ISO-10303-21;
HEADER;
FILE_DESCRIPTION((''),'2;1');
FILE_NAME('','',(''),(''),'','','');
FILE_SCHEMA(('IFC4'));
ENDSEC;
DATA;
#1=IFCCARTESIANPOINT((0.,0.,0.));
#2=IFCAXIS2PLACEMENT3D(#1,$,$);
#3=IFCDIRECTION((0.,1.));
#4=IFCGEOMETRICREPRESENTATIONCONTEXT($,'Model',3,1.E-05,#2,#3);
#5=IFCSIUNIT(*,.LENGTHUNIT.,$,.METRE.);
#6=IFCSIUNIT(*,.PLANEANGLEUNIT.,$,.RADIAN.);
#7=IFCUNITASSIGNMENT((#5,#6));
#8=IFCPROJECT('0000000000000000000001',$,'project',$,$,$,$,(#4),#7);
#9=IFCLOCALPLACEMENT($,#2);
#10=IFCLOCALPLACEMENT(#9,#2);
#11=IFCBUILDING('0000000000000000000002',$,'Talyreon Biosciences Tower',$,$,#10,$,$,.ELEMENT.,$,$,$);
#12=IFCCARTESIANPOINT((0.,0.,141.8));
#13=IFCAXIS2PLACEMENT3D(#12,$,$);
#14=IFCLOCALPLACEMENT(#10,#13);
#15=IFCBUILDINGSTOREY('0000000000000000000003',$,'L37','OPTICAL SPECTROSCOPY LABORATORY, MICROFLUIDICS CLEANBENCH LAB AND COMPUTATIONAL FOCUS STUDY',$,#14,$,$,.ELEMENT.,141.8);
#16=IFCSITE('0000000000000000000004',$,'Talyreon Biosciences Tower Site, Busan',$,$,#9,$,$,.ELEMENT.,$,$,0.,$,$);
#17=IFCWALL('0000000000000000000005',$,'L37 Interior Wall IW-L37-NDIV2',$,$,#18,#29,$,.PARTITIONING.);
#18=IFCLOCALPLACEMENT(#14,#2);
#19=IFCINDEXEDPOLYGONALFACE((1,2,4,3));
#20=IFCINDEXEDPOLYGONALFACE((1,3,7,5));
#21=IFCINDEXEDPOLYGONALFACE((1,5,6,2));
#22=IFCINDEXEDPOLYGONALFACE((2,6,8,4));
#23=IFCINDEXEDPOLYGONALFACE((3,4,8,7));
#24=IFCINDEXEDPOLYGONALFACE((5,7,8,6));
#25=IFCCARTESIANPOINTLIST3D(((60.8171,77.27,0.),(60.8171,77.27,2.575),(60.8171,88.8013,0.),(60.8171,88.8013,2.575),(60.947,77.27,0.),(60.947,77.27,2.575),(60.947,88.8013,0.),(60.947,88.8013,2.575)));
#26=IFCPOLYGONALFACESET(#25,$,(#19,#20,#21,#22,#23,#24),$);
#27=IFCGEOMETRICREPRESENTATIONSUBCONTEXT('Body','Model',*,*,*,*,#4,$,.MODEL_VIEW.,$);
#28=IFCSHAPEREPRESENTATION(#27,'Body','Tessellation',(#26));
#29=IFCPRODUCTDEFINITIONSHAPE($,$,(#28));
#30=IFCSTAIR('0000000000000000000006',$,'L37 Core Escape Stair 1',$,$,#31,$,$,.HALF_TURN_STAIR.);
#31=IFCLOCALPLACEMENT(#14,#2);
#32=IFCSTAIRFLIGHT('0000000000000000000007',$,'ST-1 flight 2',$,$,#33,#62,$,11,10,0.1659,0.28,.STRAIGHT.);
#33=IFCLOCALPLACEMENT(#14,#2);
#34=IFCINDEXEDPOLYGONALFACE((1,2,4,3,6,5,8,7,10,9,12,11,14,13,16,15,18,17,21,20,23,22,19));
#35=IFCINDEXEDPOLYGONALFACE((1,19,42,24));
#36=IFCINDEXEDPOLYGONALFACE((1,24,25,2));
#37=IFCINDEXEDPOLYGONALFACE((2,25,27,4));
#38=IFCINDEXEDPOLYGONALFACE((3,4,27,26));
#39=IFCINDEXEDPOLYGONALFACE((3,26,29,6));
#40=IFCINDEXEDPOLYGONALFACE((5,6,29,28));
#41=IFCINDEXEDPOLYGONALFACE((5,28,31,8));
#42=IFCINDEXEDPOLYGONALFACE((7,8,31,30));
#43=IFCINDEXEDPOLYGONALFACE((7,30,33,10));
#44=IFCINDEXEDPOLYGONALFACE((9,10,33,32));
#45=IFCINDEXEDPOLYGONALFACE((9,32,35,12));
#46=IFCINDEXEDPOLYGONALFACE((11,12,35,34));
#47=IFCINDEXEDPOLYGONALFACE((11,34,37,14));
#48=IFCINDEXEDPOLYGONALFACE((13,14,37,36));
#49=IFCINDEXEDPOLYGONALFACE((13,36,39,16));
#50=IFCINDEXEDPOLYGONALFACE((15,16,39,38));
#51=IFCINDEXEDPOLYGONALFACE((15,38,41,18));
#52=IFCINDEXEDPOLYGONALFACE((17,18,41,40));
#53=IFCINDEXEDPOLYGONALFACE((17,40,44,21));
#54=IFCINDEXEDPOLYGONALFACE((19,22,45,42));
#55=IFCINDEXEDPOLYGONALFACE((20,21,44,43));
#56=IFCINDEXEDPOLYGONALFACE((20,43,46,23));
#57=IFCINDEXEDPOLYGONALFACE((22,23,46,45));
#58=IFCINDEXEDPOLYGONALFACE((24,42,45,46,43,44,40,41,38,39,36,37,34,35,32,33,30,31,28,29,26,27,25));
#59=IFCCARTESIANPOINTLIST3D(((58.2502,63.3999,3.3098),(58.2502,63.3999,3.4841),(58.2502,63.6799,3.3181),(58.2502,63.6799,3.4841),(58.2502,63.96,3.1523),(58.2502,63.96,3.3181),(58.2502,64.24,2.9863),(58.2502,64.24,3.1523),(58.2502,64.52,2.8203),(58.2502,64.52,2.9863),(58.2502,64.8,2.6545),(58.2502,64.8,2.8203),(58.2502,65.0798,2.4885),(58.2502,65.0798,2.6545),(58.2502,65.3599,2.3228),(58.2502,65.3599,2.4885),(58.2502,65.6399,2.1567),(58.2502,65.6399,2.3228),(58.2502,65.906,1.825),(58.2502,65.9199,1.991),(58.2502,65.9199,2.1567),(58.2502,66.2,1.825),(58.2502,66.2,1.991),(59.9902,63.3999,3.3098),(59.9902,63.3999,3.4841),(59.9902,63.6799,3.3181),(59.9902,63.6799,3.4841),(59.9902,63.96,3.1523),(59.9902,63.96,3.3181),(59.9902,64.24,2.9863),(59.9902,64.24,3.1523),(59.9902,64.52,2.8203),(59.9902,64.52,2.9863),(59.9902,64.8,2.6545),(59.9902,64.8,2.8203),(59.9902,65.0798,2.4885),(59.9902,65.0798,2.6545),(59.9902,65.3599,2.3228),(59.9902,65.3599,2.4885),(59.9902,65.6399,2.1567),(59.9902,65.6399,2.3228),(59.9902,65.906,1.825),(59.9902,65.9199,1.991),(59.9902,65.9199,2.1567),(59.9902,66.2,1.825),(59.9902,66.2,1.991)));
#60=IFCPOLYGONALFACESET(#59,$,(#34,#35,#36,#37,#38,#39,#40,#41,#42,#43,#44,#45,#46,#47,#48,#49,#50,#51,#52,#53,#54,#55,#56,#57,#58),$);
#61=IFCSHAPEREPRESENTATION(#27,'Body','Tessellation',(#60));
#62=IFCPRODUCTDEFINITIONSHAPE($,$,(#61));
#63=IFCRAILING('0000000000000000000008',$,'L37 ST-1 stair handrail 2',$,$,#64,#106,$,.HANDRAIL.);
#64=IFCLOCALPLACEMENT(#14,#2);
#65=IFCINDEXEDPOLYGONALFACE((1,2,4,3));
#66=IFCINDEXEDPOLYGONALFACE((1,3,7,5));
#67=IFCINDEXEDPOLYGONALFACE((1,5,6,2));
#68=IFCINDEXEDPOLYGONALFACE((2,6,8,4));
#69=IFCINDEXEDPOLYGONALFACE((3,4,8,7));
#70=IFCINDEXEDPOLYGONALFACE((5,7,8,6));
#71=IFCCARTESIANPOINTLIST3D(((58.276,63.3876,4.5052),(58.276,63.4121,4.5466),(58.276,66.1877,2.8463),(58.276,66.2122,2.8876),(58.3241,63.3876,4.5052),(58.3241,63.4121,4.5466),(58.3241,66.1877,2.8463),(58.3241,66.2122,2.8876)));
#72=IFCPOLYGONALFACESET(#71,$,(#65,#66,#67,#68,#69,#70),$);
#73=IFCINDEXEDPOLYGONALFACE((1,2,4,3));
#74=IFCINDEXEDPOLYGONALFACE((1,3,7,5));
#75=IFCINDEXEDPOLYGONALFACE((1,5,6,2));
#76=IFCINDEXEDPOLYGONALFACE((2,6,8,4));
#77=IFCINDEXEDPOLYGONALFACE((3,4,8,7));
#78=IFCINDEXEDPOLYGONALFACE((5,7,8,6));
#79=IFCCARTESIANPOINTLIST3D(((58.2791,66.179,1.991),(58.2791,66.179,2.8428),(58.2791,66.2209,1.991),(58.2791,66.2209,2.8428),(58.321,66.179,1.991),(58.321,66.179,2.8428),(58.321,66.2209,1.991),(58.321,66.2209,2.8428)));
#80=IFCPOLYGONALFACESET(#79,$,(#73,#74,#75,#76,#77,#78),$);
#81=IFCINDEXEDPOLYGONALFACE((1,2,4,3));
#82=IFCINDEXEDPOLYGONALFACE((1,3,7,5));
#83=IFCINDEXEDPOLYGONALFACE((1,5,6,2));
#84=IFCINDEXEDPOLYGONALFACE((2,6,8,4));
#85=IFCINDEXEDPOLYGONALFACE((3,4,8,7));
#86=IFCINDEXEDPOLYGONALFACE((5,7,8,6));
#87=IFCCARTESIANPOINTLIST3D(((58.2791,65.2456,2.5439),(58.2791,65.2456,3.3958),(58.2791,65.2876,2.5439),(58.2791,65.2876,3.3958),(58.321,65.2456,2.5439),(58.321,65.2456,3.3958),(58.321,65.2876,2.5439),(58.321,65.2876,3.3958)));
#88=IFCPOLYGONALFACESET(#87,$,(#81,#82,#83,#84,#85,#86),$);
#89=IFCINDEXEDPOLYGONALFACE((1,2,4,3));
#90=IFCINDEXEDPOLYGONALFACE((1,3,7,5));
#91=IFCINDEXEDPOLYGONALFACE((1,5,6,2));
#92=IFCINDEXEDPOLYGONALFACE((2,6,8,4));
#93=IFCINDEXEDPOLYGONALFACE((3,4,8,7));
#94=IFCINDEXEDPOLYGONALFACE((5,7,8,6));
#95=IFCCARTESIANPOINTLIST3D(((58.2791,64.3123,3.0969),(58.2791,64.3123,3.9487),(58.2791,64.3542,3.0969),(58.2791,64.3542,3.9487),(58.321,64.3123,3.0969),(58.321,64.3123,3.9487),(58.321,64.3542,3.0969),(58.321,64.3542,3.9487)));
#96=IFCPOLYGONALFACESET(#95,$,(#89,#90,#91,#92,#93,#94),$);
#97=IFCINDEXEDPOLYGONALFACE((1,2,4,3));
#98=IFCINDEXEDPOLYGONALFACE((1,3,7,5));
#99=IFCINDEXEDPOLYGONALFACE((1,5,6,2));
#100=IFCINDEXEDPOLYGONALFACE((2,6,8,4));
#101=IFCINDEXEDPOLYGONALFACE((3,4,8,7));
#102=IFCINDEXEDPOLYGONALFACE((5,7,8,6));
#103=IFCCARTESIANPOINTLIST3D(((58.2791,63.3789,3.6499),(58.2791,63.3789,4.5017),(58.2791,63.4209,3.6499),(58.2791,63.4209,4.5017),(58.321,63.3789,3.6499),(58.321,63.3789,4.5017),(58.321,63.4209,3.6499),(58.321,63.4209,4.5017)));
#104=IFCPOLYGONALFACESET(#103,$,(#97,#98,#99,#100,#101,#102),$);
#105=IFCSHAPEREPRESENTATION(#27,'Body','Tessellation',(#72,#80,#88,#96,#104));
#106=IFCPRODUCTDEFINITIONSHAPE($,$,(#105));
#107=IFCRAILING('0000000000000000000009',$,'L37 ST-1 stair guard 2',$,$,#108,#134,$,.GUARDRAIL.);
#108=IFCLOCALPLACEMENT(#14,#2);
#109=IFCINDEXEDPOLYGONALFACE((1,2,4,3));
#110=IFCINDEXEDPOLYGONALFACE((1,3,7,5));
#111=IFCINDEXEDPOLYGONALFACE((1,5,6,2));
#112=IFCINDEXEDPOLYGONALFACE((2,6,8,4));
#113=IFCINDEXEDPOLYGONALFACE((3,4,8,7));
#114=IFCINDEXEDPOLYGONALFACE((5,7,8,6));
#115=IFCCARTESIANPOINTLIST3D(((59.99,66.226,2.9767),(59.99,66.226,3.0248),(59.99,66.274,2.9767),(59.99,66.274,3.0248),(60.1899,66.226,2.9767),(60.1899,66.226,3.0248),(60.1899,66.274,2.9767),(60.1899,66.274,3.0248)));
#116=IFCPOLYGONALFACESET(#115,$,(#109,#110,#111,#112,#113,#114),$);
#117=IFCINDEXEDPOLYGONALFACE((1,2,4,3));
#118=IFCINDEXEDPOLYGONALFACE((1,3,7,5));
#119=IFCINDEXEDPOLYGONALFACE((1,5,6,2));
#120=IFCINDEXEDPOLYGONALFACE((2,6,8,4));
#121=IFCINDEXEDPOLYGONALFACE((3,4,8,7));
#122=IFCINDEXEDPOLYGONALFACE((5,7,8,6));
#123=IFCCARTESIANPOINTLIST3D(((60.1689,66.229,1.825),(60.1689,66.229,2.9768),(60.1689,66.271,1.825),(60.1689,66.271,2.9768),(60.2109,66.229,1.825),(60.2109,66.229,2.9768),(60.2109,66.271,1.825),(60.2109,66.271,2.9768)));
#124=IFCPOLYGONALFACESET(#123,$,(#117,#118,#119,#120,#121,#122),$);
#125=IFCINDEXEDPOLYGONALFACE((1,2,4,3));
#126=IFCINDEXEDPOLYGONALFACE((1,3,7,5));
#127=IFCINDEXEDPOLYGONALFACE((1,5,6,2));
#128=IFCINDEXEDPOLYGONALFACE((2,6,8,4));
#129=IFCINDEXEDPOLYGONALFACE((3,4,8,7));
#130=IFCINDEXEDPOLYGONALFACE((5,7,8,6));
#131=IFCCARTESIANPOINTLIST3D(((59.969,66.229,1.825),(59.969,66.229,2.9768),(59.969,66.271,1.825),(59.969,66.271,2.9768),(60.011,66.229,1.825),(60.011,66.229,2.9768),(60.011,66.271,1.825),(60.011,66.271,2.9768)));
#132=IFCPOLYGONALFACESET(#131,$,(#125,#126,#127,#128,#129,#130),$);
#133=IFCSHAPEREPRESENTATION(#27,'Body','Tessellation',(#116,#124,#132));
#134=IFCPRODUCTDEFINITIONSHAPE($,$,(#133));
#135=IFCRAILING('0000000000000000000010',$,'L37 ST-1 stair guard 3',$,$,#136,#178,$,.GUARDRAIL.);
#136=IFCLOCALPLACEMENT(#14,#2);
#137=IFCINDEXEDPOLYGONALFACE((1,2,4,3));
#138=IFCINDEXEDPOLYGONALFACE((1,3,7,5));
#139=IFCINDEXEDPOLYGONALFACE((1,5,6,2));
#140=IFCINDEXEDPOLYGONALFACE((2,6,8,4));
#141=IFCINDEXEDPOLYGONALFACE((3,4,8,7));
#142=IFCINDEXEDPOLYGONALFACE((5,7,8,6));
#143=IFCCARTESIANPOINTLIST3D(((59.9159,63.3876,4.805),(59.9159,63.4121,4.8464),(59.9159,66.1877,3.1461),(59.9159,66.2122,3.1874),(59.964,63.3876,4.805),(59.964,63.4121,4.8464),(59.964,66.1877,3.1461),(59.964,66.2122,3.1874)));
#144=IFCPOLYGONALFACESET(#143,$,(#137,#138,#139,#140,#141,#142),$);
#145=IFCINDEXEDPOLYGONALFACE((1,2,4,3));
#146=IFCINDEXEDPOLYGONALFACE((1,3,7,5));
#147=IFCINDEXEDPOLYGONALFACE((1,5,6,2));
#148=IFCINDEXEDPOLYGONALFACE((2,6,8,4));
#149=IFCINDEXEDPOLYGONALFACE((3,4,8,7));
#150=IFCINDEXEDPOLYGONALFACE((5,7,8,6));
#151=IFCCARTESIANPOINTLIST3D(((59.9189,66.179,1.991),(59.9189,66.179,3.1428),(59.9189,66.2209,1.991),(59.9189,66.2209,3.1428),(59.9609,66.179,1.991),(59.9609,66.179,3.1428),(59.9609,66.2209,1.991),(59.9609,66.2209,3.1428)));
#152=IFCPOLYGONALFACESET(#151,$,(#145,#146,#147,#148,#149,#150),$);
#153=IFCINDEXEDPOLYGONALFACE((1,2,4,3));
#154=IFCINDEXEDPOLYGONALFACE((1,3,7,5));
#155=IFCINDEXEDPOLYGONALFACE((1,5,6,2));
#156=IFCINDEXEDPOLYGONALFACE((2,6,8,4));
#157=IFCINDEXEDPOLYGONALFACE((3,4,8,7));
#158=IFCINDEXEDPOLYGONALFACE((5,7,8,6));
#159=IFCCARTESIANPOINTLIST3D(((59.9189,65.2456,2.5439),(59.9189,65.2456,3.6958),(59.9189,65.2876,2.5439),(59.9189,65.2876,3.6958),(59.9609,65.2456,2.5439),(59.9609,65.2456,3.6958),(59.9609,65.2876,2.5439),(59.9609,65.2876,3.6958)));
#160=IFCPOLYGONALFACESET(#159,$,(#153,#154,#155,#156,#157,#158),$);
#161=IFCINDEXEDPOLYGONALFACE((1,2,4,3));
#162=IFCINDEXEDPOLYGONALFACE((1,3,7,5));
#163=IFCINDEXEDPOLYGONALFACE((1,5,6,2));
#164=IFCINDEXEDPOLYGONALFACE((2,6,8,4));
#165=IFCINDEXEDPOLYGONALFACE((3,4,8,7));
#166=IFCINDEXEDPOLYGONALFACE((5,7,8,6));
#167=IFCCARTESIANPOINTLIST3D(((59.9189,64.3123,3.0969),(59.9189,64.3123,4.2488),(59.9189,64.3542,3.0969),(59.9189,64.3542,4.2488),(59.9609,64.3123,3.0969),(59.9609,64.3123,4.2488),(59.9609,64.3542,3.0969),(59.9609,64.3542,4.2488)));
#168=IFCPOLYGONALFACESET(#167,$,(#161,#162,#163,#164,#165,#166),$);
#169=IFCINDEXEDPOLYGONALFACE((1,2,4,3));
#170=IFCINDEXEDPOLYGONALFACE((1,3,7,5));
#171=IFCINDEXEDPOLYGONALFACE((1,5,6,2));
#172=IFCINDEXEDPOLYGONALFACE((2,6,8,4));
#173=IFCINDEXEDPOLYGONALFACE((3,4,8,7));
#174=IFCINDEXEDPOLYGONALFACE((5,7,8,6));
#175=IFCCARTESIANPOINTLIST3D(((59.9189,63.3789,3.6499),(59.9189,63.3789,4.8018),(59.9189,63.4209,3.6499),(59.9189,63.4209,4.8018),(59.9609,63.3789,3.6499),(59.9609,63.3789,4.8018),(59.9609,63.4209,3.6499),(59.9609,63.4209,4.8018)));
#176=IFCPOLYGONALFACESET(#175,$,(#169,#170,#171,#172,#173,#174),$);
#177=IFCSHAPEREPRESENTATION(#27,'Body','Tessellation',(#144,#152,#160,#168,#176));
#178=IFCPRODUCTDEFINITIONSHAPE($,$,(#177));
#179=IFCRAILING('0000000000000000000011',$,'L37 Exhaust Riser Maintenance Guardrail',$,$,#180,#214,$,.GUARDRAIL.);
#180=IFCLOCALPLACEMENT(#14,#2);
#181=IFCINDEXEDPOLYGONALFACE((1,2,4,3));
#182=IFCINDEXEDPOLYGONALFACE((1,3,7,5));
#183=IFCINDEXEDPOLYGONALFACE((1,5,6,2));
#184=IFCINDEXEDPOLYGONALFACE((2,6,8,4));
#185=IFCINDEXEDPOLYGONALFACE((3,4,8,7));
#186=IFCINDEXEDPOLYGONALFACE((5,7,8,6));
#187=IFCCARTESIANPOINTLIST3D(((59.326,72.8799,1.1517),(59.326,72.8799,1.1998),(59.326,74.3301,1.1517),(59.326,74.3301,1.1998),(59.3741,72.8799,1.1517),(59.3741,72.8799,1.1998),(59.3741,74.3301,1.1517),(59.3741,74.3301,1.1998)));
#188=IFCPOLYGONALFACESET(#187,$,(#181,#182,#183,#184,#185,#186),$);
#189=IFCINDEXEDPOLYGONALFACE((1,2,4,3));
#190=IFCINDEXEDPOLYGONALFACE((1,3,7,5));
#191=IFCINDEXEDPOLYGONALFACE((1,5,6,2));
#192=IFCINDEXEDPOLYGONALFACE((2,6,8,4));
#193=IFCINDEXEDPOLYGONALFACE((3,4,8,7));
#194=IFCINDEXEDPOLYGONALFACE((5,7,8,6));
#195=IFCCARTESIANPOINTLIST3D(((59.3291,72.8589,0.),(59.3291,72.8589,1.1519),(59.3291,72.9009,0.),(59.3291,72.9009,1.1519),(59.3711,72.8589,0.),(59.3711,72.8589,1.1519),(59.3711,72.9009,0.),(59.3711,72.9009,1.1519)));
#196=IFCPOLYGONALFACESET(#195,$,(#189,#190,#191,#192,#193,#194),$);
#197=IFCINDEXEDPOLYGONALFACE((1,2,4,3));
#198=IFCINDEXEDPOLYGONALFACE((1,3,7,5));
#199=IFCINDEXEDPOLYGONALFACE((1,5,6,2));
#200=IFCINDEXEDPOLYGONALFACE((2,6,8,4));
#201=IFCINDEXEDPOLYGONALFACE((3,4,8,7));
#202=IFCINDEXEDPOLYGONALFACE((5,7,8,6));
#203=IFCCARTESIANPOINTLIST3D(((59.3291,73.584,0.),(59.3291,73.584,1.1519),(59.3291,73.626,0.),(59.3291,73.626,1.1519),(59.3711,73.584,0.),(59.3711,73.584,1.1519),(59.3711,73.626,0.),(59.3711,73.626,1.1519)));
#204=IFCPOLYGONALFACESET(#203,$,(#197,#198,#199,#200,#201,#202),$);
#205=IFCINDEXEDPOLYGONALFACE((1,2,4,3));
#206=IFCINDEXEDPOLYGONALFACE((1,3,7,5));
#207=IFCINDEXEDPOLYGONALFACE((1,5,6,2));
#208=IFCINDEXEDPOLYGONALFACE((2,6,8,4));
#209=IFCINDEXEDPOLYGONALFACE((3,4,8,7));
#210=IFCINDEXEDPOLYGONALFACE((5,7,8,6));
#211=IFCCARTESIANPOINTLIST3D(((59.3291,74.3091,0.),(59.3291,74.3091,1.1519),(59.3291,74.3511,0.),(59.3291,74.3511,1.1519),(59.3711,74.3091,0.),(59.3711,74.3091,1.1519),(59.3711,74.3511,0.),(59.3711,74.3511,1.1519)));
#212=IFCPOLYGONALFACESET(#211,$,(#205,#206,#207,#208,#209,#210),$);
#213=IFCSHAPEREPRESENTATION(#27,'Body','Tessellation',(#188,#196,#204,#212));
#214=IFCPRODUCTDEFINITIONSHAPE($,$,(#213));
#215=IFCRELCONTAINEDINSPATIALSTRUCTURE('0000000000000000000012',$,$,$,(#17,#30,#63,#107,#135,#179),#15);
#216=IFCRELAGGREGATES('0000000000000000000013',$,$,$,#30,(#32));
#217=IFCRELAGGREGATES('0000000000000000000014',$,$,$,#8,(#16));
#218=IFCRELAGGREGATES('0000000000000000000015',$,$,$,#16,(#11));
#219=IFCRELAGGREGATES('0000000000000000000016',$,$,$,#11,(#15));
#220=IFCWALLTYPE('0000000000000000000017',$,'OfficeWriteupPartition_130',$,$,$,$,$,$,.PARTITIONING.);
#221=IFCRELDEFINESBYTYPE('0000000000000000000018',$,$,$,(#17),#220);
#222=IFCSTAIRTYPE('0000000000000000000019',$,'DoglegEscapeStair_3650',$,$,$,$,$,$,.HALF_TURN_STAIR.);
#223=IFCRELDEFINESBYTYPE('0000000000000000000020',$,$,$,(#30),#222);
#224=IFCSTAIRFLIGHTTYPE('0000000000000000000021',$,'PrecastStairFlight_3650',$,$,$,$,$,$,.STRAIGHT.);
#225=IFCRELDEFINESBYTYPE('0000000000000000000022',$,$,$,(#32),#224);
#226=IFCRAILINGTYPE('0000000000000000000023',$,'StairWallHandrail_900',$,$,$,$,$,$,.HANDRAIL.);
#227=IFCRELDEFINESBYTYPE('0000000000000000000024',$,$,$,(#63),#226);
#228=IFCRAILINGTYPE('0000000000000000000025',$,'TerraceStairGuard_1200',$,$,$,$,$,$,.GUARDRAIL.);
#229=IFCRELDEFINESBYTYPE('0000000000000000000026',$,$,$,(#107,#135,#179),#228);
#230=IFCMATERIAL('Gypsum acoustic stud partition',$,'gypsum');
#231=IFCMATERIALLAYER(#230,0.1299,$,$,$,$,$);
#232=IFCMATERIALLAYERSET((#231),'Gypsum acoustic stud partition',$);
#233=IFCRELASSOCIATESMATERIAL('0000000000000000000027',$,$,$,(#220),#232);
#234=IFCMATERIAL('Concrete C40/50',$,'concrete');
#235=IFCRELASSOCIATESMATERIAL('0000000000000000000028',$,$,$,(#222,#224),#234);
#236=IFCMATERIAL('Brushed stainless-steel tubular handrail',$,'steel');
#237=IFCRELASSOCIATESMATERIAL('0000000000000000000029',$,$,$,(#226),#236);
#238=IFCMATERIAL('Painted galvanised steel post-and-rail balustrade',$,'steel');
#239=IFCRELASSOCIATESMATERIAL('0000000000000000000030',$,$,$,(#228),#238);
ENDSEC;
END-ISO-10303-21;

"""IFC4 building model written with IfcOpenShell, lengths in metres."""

from ifc_helpers import new_model, si_unit, direction, frame, frame_2d, origin, origin_2d, place, context, subcontext, project, spatial, polyline, rectangle, outline, extrude, material, layer, layer_set, type_object, element, aggregate, save


model = new_model("IFC4")

# Units and contexts
model_context = context("Model", 3, precision=1e-05, world=origin(), true_north=direction((0.0, 1.0)))
body_context = subcontext(model_context, "Body", "Model", "MODEL_VIEW")
ifc_project = project(units=[si_unit("LENGTHUNIT", "METRE"), si_unit("PLANEANGLEUNIT", "RADIAN")], contexts=[model_context])

# Site, building, storey
site_placement = place(None, origin())
site = spatial("IfcSite", under=ifc_project, at=site_placement, Name="Talyreon Biosciences Tower Site, Busan", CompositionType="ELEMENT", RefElevation=0.0)
building_placement = place(site_placement, origin())
building = spatial("IfcBuilding", under=site, at=building_placement, Name="Talyreon Biosciences Tower", CompositionType="ELEMENT")
storey_placement = place(building_placement, frame((0.0, 0.0, 141.8)))
storey = spatial("IfcBuildingStorey", under=building, at=storey_placement, Name="L37", Description="OPTICAL SPECTROSCOPY LABORATORY, MICROFLUIDICS CLEANBENCH LAB AND COMPUTATIONAL FOCUS STUDY", CompositionType="ELEMENT", Elevation=141.8)

# Wall
ifc_material_1 = material(Name="Gypsum acoustic stud partition", Category="gypsum")
ifc_layer_1 = layer(ifc_material_1, 0.1299)
ifc_layer_set_1 = layer_set([ifc_layer_1], Name="Gypsum acoustic stud partition")
wall_type_1 = type_object("IfcWallType", Name="OfficeWriteupPartition_130", PredefinedType="PARTITIONING", material=ifc_layer_set_1)
wall_1_placement = place(storey_placement, frame((60.8821, 77.27, 0.0), z_axis=(0.0, 0.0, 1.0), x_axis=(0.0, 1.0, 0.0)))
element("IfcWall", 1, at=wall_1_placement, inside=storey, type_object=wall_type_1, Name="L37 Interior Wall IW-L37-NDIV2", PredefinedType="PARTITIONING", context=body_context, shape_type="SweptSolid", body=[
    extrude(rectangle(XDim=11.5312, YDim=0.1299, at=frame_2d((5.7656, 0.0))), origin(), (0.0, 0.0, 1.0), 2.575),
])

# Stair, stair flight
ifc_material_2 = material(Name="Concrete C40/50", Category="concrete")
stair_type = type_object("IfcStairType", Name="DoglegEscapeStair_3650", PredefinedType="HALF_TURN_STAIR", material=ifc_material_2)
stair_placement = place(storey_placement, origin())
stair = element("IfcStair", 2, at=stair_placement, inside=storey, type_object=stair_type, Name="L37 Core Escape Stair 1", PredefinedType="HALF_TURN_STAIR")
stair_flight_type = type_object("IfcStairFlightType", Name="PrecastStairFlight_3650", PredefinedType="STRAIGHT", material=ifc_material_2)
stair_flight_placement = place(storey_placement, frame((59.1201, 66.2, 1.825), z_axis=(0.0, 0.0, 1.0), x_axis=(0.0, -1.0, 0.0)))
stair_flight = element("IfcStairFlight", 3, at=stair_flight_placement, type_object=stair_flight_type, Name="ST-1 flight 2", NumberOfRisers=11, NumberOfTreads=10, PredefinedType="STRAIGHT", RiserHeight=0.1659, TreadLength=0.28, context=body_context, shape_type="SweptSolid", body=[
    extrude(outline(polyline([(0.0, 0.0), (0.0, 0.166), (0.28, 0.166), (0.28, 0.3318), (0.5601, 0.3318), (0.5601, 0.4978), (0.8401, 0.4978), (0.8401, 0.6636), (1.1201, 0.6636), (1.1201, 0.8296), (1.3999, 0.8296), (1.3999, 0.9954), (1.6799, 0.9954), (1.6799, 1.1614), (1.96, 1.1614), (1.96, 1.3274), (2.24, 1.3274), (2.24, 1.4932), (2.52, 1.4932), (2.52, 1.6592), (2.8, 1.6592), (2.8, 1.825), (2.8, 1.4849), (0.2939, 0.0), (0.0, 0.0)])), frame((0.0, 0.8701, 0.0), z_axis=(0.0, -1.0, 0.0), x_axis=(1.0, 0.0, 0.0)), (0.0, 0.0, 1.0), 1.74),
])
aggregate(stair, [stair_flight])

# Railings
ifc_material_3 = material(Name="Brushed stainless-steel tubular handrail", Category="steel")
railing_type_1 = type_object("IfcRailingType", Name="StairWallHandrail_900", PredefinedType="HANDRAIL", material=ifc_material_3)
railing_1_placement = place(storey_placement, frame((58.3, 66.2, 1.991)))
element("IfcRailing", 4, at=railing_1_placement, inside=storey, type_object=railing_type_1, Name="L37 ST-1 stair handrail 2", PredefinedType="HANDRAIL", context=body_context, shape_type="SweptSolid", body=[
    extrude(rectangle(XDim=0.0481, YDim=0.0481, at=origin_2d()), frame((0.0, 0.0, 0.876), z_axis=(0.0, -0.860339, 0.509722), x_axis=(1.0, 0.0, 0.0)), (0.0, 0.0, 1.0), 3.2546),
    extrude(rectangle(XDim=0.042, YDim=0.042, at=origin_2d()), origin(), (0.0, 0.0, 1.0), 0.8518),
    extrude(rectangle(XDim=0.042, YDim=0.042, at=origin_2d()), frame((0.0, -0.9333, 0.553)), (0.0, 0.0, 1.0), 0.8518),
    extrude(rectangle(XDim=0.042, YDim=0.042, at=origin_2d()), frame((0.0, -1.8667, 1.106)), (0.0, 0.0, 1.0), 0.8518),
    extrude(rectangle(XDim=0.042, YDim=0.042, at=origin_2d()), frame((0.0, -2.8, 1.6589)), (0.0, 0.0, 1.0), 0.8518),
])
ifc_material_4 = material(Name="Painted galvanised steel post-and-rail balustrade", Category="steel")
railing_type_2 = type_object("IfcRailingType", Name="TerraceStairGuard_1200", PredefinedType="GUARDRAIL", material=ifc_material_4)
railing_2_placement = place(storey_placement, frame((60.1899, 66.25, 1.825)))
element("IfcRailing", 5, at=railing_2_placement, inside=storey, type_object=railing_type_2, Name="L37 ST-1 stair guard 2", PredefinedType="GUARDRAIL", context=body_context, shape_type="SweptSolid", body=[
    extrude(rectangle(XDim=0.0481, YDim=0.0481, at=origin_2d()), frame((0.0, 0.0, 1.1758), z_axis=(-1.0, 0.0, 0.0), x_axis=(0.0, -1.0, 0.0)), (0.0, 0.0, 1.0), 0.2),
    extrude(rectangle(XDim=0.042, YDim=0.042, at=origin_2d()), origin(), (0.0, 0.0, 1.0), 1.1519),
    extrude(rectangle(XDim=0.042, YDim=0.042, at=origin_2d()), frame((-0.2, 0.0, 0.0)), (0.0, 0.0, 1.0), 1.1519),
])
railing_3_placement = place(storey_placement, frame((59.9399, 66.2, 1.991)))
element("IfcRailing", 6, at=railing_3_placement, inside=storey, type_object=railing_type_2, Name="L37 ST-1 stair guard 3", PredefinedType="GUARDRAIL", context=body_context, shape_type="SweptSolid", body=[
    extrude(rectangle(XDim=0.0481, YDim=0.0481, at=origin_2d()), frame((0.0, 0.0, 1.1758), z_axis=(0.0, -0.860339, 0.509722), x_axis=(1.0, 0.0, 0.0)), (0.0, 0.0, 1.0), 3.2546),
    extrude(rectangle(XDim=0.042, YDim=0.042, at=origin_2d()), origin(), (0.0, 0.0, 1.0), 1.1519),
    extrude(rectangle(XDim=0.042, YDim=0.042, at=origin_2d()), frame((0.0, -0.9333, 0.553)), (0.0, 0.0, 1.0), 1.1519),
    extrude(rectangle(XDim=0.042, YDim=0.042, at=origin_2d()), frame((0.0, -1.8667, 1.106)), (0.0, 0.0, 1.0), 1.1519),
    extrude(rectangle(XDim=0.042, YDim=0.042, at=origin_2d()), frame((0.0, -2.8, 1.6589)), (0.0, 0.0, 1.0), 1.1519),
])
railing_4_placement = place(storey_placement, frame((59.3501, 72.8799, 0.0)))
element("IfcRailing", 7, at=railing_4_placement, inside=storey, type_object=railing_type_2, Name="L37 Exhaust Riser Maintenance Guardrail", PredefinedType="GUARDRAIL", context=body_context, shape_type="SweptSolid", body=[
    extrude(rectangle(XDim=0.0481, YDim=0.0481, at=origin_2d()), frame((0.0, 0.0, 1.1758), z_axis=(0.0, 1.0, 0.0), x_axis=(-1.0, 0.0, 0.0)), (0.0, 0.0, 1.0), 1.4502),
    extrude(rectangle(XDim=0.042, YDim=0.042, at=origin_2d()), origin(), (0.0, 0.0, 1.0), 1.1519),
    extrude(rectangle(XDim=0.042, YDim=0.042, at=origin_2d()), frame((0.0, 0.7251, 0.0)), (0.0, 0.0, 1.0), 1.1519),
    extrude(rectangle(XDim=0.042, YDim=0.042, at=origin_2d()), frame((0.0, 1.4502, 0.0)), (0.0, 0.0, 1.0), 1.1519),
])

save(model, "model.ifc")
